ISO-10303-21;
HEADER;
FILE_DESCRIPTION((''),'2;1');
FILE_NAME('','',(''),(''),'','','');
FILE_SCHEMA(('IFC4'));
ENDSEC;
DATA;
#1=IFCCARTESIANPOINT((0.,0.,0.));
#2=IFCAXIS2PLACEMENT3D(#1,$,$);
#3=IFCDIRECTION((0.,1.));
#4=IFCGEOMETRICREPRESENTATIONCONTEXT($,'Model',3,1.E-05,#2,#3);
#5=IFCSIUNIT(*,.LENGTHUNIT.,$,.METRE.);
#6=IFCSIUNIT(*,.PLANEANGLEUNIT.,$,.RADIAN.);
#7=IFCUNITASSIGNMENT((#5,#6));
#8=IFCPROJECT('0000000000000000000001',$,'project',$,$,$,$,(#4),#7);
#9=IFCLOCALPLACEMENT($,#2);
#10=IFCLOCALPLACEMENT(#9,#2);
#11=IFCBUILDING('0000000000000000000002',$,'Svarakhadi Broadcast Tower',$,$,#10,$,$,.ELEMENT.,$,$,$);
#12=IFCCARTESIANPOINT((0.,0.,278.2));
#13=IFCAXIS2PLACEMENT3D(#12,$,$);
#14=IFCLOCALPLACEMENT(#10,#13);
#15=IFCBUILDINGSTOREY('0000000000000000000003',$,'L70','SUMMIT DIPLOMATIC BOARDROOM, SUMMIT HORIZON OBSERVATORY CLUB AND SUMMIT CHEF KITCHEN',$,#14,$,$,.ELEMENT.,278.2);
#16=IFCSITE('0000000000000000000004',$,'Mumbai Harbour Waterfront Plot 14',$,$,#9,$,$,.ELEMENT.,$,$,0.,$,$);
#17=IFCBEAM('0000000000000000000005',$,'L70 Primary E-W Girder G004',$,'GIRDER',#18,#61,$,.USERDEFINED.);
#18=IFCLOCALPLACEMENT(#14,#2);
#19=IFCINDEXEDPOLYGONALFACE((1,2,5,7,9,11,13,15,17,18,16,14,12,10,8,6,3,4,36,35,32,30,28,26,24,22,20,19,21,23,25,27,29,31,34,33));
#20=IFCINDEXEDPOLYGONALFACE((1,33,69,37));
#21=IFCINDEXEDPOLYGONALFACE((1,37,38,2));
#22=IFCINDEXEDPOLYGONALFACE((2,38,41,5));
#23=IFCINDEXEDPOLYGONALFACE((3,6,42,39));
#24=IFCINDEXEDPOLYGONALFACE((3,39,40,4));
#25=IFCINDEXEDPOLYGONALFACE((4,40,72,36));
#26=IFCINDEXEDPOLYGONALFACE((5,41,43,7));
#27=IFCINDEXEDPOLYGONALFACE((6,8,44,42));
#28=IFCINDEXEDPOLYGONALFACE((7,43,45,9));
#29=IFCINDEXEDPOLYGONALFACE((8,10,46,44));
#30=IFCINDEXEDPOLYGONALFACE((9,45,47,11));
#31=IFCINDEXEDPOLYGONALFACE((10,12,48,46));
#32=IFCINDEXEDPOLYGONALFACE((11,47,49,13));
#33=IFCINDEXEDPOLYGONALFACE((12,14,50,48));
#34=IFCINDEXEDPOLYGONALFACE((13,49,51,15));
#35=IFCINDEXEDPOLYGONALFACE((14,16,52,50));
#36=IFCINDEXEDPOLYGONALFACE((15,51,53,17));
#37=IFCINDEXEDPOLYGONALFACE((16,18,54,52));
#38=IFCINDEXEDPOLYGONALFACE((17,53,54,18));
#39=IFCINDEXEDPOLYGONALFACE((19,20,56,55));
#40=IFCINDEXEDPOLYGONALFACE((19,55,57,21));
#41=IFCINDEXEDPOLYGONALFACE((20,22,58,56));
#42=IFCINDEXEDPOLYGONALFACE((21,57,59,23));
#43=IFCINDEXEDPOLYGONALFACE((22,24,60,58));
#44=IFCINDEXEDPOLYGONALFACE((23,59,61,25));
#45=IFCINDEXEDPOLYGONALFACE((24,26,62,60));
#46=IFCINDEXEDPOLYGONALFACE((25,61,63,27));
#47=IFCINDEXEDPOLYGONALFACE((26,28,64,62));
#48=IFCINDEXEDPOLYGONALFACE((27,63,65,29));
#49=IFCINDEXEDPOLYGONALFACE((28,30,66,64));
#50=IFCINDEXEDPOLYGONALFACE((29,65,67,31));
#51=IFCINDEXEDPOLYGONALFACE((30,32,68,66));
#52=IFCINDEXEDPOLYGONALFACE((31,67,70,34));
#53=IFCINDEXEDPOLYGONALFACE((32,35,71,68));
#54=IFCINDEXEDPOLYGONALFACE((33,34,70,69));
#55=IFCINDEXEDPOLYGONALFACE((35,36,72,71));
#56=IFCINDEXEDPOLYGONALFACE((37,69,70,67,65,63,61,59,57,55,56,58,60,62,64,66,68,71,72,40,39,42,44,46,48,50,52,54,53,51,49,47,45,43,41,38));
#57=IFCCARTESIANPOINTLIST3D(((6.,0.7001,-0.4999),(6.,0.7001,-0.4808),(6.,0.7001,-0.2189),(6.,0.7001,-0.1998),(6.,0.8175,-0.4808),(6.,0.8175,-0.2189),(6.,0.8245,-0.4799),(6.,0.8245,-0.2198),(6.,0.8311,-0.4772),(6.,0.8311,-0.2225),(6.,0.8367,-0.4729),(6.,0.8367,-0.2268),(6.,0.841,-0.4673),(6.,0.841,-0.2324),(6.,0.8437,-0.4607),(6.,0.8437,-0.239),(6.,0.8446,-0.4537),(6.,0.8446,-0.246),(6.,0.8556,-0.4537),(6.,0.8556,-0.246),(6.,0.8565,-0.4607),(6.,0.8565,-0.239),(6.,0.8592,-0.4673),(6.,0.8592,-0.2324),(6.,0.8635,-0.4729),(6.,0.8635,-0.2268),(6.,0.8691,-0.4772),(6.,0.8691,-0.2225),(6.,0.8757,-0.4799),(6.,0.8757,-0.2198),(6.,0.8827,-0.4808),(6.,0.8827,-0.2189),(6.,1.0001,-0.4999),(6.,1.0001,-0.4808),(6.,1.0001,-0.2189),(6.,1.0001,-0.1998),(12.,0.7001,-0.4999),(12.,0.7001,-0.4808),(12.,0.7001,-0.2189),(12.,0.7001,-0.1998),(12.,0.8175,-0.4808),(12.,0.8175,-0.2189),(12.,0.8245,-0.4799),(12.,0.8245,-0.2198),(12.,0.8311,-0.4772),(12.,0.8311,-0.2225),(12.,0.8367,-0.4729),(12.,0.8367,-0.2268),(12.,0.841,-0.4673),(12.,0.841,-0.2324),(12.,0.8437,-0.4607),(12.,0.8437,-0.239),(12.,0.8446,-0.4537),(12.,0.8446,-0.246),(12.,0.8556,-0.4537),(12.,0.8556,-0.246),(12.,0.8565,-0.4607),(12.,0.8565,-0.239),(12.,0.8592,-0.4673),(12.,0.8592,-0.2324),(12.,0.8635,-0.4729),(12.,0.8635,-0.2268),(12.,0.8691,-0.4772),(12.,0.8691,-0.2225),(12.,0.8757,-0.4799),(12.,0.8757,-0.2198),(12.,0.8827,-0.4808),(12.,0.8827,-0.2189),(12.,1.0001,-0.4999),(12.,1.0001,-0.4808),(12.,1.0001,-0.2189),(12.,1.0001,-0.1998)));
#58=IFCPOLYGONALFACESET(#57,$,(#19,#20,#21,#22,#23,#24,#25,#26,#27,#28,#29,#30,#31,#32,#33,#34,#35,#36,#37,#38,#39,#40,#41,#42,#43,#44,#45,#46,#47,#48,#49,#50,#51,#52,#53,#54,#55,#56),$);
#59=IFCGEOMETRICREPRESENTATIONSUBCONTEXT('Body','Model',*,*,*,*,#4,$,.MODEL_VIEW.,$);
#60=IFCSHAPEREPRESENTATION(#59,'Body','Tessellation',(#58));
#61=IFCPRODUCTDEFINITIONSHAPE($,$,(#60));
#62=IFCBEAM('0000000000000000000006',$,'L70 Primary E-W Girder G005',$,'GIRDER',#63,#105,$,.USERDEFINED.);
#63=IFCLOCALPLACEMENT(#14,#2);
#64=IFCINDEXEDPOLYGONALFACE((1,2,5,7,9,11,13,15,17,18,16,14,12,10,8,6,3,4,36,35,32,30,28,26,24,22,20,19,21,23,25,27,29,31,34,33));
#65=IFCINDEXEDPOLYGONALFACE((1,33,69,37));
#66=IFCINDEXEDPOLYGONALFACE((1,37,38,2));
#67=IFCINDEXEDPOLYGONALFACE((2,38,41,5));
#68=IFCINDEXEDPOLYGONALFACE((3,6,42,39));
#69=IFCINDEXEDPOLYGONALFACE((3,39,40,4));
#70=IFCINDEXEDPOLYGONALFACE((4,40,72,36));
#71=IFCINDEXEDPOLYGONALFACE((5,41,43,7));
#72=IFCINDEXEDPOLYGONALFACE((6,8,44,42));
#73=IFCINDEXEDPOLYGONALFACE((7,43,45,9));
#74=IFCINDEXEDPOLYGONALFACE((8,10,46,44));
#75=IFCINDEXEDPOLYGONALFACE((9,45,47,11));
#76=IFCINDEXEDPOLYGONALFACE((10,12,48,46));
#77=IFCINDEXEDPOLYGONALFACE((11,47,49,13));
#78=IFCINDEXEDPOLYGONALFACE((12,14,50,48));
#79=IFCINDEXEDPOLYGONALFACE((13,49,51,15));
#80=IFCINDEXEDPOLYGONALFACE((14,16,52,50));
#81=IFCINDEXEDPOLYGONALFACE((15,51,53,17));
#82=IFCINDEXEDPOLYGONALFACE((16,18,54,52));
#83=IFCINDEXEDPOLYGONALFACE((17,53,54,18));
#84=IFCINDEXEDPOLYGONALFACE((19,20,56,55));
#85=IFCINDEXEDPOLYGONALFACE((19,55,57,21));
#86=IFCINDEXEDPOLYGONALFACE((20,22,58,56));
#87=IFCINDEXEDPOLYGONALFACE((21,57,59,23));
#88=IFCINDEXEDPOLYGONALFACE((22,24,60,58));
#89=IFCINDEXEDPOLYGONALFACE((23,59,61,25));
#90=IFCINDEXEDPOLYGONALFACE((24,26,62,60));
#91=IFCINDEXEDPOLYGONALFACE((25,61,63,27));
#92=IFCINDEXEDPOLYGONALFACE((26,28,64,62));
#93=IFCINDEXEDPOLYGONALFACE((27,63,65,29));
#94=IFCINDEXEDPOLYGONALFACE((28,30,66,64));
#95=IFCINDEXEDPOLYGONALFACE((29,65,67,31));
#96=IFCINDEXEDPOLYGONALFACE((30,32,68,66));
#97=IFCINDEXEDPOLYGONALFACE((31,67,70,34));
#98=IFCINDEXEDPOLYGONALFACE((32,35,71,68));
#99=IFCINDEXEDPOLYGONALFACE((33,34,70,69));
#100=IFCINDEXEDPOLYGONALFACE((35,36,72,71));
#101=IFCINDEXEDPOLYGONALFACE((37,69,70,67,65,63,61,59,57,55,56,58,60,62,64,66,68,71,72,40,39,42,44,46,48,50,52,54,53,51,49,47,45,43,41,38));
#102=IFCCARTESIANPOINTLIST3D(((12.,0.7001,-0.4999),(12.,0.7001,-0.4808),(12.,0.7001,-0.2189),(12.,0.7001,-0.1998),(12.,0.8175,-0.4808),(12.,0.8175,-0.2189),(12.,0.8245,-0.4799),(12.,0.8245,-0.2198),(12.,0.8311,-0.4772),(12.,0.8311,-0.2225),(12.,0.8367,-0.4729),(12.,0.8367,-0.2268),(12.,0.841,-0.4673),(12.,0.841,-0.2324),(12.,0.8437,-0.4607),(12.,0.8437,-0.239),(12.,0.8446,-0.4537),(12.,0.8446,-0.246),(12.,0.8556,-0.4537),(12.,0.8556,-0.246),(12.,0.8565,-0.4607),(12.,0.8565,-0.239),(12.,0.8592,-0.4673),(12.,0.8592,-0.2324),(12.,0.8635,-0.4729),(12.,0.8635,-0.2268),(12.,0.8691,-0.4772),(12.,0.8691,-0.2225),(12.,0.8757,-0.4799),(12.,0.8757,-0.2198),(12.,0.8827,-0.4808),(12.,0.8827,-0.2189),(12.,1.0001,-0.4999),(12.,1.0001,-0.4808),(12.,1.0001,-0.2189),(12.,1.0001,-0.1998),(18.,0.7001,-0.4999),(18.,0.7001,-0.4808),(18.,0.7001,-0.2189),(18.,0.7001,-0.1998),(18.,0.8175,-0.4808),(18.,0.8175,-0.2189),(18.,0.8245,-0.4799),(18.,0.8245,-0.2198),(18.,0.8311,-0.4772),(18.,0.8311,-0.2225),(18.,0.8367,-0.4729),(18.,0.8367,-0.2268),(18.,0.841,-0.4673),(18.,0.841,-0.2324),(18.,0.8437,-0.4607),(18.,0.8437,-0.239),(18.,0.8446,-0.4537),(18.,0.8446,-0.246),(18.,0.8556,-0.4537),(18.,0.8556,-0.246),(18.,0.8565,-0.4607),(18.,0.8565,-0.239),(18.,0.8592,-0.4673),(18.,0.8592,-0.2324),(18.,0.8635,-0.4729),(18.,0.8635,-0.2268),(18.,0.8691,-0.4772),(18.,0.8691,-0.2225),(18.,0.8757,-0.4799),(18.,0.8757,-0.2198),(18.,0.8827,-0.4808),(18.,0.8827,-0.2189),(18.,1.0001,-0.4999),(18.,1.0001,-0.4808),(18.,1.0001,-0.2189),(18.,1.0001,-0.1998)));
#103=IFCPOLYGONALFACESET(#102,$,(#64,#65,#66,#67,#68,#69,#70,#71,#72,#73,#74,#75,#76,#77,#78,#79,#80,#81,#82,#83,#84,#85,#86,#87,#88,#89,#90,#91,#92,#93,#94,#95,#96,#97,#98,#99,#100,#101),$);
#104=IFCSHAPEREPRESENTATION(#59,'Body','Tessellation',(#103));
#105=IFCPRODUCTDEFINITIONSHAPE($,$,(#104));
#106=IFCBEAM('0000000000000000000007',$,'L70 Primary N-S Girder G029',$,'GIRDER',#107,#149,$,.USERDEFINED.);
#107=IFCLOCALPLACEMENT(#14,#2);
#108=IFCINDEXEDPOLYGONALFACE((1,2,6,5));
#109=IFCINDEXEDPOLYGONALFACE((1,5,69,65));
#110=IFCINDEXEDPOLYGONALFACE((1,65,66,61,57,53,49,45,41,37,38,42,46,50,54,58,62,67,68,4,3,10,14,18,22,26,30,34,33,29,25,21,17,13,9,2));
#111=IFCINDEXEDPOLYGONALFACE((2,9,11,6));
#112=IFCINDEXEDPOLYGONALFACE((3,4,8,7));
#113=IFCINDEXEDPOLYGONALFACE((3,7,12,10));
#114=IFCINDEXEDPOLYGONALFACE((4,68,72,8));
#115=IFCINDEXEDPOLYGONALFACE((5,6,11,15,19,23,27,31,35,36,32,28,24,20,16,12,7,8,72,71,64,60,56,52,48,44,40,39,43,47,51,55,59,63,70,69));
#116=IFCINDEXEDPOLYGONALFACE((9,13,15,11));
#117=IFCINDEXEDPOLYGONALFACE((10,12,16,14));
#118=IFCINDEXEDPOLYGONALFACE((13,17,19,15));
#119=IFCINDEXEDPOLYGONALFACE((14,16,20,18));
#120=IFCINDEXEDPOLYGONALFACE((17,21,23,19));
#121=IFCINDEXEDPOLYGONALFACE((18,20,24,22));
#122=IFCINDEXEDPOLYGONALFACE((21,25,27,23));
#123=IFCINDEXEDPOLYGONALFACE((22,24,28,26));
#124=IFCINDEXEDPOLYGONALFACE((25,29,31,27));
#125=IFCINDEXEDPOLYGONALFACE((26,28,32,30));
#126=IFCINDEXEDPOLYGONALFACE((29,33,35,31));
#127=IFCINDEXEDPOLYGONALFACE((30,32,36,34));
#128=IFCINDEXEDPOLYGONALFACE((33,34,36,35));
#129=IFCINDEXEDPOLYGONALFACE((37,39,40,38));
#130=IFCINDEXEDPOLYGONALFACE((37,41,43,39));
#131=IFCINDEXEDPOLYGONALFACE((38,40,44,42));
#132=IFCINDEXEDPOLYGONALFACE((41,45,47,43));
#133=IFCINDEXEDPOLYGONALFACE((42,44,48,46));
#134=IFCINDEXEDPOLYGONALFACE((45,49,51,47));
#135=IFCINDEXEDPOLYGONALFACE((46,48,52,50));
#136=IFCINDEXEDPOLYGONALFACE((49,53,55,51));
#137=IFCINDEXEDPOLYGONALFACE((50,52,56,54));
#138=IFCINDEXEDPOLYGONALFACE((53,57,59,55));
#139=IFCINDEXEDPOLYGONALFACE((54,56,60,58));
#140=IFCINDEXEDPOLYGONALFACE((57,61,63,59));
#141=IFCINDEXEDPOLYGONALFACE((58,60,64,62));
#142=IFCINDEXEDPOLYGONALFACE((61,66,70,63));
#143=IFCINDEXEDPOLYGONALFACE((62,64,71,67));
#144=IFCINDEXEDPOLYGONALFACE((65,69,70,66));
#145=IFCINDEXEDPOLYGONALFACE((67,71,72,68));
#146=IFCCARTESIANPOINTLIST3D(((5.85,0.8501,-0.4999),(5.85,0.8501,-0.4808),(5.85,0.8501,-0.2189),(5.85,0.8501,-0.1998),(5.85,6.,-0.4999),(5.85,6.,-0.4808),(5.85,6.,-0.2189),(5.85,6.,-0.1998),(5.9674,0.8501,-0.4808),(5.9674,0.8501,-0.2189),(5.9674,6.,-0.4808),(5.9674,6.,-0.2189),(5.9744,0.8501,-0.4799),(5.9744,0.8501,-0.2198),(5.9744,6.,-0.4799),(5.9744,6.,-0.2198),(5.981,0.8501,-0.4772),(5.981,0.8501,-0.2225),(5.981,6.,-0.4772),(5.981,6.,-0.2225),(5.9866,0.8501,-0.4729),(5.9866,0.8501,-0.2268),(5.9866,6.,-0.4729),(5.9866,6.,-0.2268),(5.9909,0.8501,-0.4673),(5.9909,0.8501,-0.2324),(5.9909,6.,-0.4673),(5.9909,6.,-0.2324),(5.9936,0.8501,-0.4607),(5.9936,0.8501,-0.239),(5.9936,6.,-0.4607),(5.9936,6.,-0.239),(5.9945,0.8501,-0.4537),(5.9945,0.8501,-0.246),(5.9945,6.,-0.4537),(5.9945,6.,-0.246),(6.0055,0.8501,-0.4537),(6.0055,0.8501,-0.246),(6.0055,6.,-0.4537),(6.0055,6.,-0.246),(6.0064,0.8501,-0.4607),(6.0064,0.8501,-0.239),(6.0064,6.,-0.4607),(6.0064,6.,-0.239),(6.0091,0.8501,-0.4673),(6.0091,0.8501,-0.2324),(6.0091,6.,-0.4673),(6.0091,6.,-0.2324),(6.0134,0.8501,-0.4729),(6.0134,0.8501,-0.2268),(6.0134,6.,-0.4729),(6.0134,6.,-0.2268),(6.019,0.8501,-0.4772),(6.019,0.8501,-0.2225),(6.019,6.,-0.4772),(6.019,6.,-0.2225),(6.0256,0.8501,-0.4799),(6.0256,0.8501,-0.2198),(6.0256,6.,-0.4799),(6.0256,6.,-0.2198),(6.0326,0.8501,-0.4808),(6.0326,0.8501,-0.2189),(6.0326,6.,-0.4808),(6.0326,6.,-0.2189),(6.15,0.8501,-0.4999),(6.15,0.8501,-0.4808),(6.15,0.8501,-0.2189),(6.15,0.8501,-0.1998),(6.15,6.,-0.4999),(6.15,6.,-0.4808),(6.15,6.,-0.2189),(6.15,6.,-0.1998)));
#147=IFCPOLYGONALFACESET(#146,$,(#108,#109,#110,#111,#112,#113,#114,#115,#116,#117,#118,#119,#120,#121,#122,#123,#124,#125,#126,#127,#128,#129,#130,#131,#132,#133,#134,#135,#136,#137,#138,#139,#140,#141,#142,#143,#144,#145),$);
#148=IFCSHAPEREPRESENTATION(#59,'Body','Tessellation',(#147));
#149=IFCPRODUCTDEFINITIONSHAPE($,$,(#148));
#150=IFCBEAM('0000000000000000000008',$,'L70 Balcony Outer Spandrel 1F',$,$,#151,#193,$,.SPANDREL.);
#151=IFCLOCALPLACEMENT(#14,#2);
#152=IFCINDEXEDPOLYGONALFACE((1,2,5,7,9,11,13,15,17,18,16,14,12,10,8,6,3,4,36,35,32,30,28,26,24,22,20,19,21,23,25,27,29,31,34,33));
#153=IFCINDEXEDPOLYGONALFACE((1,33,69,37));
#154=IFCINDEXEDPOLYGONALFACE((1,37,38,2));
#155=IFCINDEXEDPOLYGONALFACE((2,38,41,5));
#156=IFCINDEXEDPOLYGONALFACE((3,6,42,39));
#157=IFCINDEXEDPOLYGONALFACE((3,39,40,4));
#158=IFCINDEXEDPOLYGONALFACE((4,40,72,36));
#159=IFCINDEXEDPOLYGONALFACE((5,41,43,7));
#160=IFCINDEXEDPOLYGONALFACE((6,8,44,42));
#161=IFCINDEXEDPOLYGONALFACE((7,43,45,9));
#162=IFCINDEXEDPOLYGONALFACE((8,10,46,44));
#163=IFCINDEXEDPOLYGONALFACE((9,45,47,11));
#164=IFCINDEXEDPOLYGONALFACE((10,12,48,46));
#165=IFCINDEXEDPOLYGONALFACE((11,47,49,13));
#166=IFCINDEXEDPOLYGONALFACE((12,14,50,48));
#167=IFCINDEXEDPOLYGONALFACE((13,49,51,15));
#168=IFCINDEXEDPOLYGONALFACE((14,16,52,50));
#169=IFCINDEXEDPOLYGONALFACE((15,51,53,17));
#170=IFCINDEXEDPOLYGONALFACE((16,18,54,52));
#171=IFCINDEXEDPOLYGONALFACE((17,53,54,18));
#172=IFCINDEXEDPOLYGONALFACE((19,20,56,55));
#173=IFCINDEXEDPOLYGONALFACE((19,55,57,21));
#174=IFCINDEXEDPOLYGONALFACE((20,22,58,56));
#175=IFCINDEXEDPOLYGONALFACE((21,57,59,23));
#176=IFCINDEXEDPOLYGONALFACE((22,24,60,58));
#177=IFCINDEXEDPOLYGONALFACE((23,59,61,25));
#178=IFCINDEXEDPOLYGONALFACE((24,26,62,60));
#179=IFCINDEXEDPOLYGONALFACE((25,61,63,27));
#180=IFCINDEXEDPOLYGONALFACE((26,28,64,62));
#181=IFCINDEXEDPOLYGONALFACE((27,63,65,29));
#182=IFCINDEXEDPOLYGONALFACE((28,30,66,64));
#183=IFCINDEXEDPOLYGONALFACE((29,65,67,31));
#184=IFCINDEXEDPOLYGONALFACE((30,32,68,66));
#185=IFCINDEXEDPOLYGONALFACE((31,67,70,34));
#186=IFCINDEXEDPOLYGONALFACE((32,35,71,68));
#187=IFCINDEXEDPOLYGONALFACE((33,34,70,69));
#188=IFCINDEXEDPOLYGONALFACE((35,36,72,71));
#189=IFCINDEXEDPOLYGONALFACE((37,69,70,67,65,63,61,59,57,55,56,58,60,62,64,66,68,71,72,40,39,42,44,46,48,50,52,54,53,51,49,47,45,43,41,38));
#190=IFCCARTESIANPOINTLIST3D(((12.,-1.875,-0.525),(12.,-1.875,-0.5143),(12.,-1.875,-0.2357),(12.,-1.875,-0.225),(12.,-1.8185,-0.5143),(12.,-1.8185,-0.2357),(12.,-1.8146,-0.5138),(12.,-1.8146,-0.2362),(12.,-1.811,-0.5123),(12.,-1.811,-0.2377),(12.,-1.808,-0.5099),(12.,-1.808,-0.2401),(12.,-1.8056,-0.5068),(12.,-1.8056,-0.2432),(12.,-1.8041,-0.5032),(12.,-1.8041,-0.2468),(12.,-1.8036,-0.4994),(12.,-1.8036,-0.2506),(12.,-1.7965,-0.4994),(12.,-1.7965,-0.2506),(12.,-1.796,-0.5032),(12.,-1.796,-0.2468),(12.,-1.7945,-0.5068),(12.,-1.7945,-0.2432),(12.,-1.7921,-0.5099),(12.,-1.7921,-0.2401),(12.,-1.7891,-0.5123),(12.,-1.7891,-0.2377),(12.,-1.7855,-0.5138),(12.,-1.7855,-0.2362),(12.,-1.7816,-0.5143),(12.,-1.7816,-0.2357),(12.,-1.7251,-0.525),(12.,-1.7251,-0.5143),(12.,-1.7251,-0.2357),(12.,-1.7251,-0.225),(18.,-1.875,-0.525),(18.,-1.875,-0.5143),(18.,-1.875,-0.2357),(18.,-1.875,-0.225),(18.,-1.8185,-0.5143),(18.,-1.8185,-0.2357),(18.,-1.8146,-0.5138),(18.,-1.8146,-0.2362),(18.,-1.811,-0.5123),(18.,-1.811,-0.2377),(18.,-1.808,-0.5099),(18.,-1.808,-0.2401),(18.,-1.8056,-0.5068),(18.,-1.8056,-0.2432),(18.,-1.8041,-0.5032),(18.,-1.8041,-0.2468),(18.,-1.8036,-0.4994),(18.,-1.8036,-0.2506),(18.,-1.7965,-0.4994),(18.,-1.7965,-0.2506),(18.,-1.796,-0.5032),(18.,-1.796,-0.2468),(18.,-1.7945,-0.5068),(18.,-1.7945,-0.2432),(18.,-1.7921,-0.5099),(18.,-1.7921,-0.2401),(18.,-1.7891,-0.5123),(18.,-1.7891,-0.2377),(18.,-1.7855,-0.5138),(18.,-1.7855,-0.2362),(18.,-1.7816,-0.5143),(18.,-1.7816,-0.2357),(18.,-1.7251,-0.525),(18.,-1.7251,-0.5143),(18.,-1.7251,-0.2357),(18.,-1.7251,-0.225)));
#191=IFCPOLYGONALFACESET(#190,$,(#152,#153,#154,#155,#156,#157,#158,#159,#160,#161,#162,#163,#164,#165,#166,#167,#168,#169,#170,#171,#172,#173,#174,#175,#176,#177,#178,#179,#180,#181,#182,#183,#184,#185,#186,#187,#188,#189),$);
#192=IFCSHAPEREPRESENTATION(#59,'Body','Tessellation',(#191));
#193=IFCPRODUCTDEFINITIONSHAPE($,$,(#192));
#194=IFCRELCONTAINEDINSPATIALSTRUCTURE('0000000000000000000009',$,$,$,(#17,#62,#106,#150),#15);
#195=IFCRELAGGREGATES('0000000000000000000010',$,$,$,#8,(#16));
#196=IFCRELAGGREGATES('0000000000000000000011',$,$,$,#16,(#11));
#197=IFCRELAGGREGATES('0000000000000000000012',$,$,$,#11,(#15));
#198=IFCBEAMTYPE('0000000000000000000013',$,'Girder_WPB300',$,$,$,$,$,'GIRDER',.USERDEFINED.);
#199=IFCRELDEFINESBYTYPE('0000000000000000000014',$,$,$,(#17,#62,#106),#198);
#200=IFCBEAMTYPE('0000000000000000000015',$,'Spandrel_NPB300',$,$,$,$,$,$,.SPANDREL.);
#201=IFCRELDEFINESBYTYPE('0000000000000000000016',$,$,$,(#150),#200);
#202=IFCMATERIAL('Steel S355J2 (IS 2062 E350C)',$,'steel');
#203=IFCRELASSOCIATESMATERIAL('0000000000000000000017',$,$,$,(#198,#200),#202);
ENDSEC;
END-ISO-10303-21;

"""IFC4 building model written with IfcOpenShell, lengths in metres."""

from ifc_helpers import new_model, si_unit, direction, frame, origin, origin_2d, place, context, subcontext, project, spatial, i_section, extrude, material, material_profile, profile_set, type_object, element, save


model = new_model("IFC4")

# Units and contexts
model_context = context("Model", 3, precision=1e-05, world=origin(), true_north=direction((0.0, 1.0)))
body_context = subcontext(model_context, "Body", "Model", "MODEL_VIEW")
ifc_project = project(units=[si_unit("LENGTHUNIT", "METRE"), si_unit("PLANEANGLEUNIT", "RADIAN")], contexts=[model_context])

# Site, building, storey
site_placement = place(None, origin())
site = spatial("IfcSite", under=ifc_project, at=site_placement, Name="Mumbai Harbour Waterfront Plot 14", CompositionType="ELEMENT", RefElevation=0.0)
building_placement = place(site_placement, origin())
building = spatial("IfcBuilding", under=site, at=building_placement, Name="Svarakhadi Broadcast Tower", CompositionType="ELEMENT")
storey_placement = place(building_placement, frame((0.0, 0.0, 278.2)))
storey = spatial("IfcBuildingStorey", under=building, at=storey_placement, Name="L70", Description="SUMMIT DIPLOMATIC BOARDROOM, SUMMIT HORIZON OBSERVATORY CLUB AND SUMMIT CHEF KITCHEN", CompositionType="ELEMENT", Elevation=278.2)

# Beams
ifc_material_1 = material(Name="Steel S355J2 (IS 2062 E350C)", Category="steel")
ifc_material_profile_1 = material_profile(ifc_material_1, i_section(OverallWidth=0.3, OverallDepth=0.3, WebThickness=0.011, FlangeThickness=0.019, FilletRadius=0.0271, at=origin_2d()), Name="WPB 300x300x117")
ifc_profile_set_1 = profile_set([ifc_material_profile_1], Name="Steel S355J2 (IS 2062 E350C)")
beam_type_1 = type_object("IfcBeamType", Name="Girder_WPB300", ElementType="GIRDER", PredefinedType="USERDEFINED", material=ifc_profile_set_1)
for number, where, z_axis, x_axis, name in (
    (1, (6.0, 0.8501, -0.3499), (1.0, 0.0, 0.0), (0.0, 1.0, 0.0), "L70 Primary E-W Girder G004"),
    (2, (12.0, 0.8501, -0.3499), (1.0, 0.0, 0.0), (0.0, 1.0, 0.0), "L70 Primary E-W Girder G005"),
):
    element("IfcBeam", number, at=place(storey_placement, frame(where, z_axis=z_axis, x_axis=x_axis)), inside=storey, type_object=beam_type_1, Name=name, ObjectType="GIRDER", PredefinedType="USERDEFINED", context=body_context, shape_type="SweptSolid", body=[
        extrude(i_section(OverallWidth=0.3, OverallDepth=0.3, WebThickness=0.011, FlangeThickness=0.019, FilletRadius=0.0271, at=origin_2d()), origin(), (0.0, 0.0, 1.0), 6.0),
    ])
beam_1_placement = place(storey_placement, frame((6.0, 0.8501, -0.3499), z_axis=(0.0, 1.0, 0.0), x_axis=(-1.0, 0.0, 0.0)))
element("IfcBeam", 3, at=beam_1_placement, inside=storey, type_object=beam_type_1, Name="L70 Primary N-S Girder G029", ObjectType="GIRDER", PredefinedType="USERDEFINED", context=body_context, shape_type="SweptSolid", body=[
    extrude(i_section(OverallWidth=0.3, OverallDepth=0.3, WebThickness=0.011, FlangeThickness=0.019, FilletRadius=0.0271, at=origin_2d()), origin(), (0.0, 0.0, 1.0), 5.1499),
])
ifc_material_profile_2 = material_profile(ifc_material_1, i_section(OverallWidth=0.1499, OverallDepth=0.3, WebThickness=0.0071, FlangeThickness=0.0107, FilletRadius=0.0149, at=origin_2d()), Name="NPB 300x150x37")
ifc_profile_set_2 = profile_set([ifc_material_profile_2], Name="Steel S355J2 (IS 2062 E350C)")
beam_type_2 = type_object("IfcBeamType", Name="Spandrel_NPB300", PredefinedType="SPANDREL", material=ifc_profile_set_2)
beam_2_placement = place(storey_placement, frame((12.0, -1.8, -0.375), z_axis=(1.0, 0.0, 0.0), x_axis=(0.0, 1.0, 0.0)))
element("IfcBeam", 4, at=beam_2_placement, inside=storey, type_object=beam_type_2, Name="L70 Balcony Outer Spandrel 1F", PredefinedType="SPANDREL", context=body_context, shape_type="SweptSolid", body=[
    extrude(i_section(OverallWidth=0.1499, OverallDepth=0.3, WebThickness=0.0071, FlangeThickness=0.0107, FilletRadius=0.0149, at=origin_2d()), origin(), (0.0, 0.0, 1.0), 6.0),
])

save(model, "model.ifc")
